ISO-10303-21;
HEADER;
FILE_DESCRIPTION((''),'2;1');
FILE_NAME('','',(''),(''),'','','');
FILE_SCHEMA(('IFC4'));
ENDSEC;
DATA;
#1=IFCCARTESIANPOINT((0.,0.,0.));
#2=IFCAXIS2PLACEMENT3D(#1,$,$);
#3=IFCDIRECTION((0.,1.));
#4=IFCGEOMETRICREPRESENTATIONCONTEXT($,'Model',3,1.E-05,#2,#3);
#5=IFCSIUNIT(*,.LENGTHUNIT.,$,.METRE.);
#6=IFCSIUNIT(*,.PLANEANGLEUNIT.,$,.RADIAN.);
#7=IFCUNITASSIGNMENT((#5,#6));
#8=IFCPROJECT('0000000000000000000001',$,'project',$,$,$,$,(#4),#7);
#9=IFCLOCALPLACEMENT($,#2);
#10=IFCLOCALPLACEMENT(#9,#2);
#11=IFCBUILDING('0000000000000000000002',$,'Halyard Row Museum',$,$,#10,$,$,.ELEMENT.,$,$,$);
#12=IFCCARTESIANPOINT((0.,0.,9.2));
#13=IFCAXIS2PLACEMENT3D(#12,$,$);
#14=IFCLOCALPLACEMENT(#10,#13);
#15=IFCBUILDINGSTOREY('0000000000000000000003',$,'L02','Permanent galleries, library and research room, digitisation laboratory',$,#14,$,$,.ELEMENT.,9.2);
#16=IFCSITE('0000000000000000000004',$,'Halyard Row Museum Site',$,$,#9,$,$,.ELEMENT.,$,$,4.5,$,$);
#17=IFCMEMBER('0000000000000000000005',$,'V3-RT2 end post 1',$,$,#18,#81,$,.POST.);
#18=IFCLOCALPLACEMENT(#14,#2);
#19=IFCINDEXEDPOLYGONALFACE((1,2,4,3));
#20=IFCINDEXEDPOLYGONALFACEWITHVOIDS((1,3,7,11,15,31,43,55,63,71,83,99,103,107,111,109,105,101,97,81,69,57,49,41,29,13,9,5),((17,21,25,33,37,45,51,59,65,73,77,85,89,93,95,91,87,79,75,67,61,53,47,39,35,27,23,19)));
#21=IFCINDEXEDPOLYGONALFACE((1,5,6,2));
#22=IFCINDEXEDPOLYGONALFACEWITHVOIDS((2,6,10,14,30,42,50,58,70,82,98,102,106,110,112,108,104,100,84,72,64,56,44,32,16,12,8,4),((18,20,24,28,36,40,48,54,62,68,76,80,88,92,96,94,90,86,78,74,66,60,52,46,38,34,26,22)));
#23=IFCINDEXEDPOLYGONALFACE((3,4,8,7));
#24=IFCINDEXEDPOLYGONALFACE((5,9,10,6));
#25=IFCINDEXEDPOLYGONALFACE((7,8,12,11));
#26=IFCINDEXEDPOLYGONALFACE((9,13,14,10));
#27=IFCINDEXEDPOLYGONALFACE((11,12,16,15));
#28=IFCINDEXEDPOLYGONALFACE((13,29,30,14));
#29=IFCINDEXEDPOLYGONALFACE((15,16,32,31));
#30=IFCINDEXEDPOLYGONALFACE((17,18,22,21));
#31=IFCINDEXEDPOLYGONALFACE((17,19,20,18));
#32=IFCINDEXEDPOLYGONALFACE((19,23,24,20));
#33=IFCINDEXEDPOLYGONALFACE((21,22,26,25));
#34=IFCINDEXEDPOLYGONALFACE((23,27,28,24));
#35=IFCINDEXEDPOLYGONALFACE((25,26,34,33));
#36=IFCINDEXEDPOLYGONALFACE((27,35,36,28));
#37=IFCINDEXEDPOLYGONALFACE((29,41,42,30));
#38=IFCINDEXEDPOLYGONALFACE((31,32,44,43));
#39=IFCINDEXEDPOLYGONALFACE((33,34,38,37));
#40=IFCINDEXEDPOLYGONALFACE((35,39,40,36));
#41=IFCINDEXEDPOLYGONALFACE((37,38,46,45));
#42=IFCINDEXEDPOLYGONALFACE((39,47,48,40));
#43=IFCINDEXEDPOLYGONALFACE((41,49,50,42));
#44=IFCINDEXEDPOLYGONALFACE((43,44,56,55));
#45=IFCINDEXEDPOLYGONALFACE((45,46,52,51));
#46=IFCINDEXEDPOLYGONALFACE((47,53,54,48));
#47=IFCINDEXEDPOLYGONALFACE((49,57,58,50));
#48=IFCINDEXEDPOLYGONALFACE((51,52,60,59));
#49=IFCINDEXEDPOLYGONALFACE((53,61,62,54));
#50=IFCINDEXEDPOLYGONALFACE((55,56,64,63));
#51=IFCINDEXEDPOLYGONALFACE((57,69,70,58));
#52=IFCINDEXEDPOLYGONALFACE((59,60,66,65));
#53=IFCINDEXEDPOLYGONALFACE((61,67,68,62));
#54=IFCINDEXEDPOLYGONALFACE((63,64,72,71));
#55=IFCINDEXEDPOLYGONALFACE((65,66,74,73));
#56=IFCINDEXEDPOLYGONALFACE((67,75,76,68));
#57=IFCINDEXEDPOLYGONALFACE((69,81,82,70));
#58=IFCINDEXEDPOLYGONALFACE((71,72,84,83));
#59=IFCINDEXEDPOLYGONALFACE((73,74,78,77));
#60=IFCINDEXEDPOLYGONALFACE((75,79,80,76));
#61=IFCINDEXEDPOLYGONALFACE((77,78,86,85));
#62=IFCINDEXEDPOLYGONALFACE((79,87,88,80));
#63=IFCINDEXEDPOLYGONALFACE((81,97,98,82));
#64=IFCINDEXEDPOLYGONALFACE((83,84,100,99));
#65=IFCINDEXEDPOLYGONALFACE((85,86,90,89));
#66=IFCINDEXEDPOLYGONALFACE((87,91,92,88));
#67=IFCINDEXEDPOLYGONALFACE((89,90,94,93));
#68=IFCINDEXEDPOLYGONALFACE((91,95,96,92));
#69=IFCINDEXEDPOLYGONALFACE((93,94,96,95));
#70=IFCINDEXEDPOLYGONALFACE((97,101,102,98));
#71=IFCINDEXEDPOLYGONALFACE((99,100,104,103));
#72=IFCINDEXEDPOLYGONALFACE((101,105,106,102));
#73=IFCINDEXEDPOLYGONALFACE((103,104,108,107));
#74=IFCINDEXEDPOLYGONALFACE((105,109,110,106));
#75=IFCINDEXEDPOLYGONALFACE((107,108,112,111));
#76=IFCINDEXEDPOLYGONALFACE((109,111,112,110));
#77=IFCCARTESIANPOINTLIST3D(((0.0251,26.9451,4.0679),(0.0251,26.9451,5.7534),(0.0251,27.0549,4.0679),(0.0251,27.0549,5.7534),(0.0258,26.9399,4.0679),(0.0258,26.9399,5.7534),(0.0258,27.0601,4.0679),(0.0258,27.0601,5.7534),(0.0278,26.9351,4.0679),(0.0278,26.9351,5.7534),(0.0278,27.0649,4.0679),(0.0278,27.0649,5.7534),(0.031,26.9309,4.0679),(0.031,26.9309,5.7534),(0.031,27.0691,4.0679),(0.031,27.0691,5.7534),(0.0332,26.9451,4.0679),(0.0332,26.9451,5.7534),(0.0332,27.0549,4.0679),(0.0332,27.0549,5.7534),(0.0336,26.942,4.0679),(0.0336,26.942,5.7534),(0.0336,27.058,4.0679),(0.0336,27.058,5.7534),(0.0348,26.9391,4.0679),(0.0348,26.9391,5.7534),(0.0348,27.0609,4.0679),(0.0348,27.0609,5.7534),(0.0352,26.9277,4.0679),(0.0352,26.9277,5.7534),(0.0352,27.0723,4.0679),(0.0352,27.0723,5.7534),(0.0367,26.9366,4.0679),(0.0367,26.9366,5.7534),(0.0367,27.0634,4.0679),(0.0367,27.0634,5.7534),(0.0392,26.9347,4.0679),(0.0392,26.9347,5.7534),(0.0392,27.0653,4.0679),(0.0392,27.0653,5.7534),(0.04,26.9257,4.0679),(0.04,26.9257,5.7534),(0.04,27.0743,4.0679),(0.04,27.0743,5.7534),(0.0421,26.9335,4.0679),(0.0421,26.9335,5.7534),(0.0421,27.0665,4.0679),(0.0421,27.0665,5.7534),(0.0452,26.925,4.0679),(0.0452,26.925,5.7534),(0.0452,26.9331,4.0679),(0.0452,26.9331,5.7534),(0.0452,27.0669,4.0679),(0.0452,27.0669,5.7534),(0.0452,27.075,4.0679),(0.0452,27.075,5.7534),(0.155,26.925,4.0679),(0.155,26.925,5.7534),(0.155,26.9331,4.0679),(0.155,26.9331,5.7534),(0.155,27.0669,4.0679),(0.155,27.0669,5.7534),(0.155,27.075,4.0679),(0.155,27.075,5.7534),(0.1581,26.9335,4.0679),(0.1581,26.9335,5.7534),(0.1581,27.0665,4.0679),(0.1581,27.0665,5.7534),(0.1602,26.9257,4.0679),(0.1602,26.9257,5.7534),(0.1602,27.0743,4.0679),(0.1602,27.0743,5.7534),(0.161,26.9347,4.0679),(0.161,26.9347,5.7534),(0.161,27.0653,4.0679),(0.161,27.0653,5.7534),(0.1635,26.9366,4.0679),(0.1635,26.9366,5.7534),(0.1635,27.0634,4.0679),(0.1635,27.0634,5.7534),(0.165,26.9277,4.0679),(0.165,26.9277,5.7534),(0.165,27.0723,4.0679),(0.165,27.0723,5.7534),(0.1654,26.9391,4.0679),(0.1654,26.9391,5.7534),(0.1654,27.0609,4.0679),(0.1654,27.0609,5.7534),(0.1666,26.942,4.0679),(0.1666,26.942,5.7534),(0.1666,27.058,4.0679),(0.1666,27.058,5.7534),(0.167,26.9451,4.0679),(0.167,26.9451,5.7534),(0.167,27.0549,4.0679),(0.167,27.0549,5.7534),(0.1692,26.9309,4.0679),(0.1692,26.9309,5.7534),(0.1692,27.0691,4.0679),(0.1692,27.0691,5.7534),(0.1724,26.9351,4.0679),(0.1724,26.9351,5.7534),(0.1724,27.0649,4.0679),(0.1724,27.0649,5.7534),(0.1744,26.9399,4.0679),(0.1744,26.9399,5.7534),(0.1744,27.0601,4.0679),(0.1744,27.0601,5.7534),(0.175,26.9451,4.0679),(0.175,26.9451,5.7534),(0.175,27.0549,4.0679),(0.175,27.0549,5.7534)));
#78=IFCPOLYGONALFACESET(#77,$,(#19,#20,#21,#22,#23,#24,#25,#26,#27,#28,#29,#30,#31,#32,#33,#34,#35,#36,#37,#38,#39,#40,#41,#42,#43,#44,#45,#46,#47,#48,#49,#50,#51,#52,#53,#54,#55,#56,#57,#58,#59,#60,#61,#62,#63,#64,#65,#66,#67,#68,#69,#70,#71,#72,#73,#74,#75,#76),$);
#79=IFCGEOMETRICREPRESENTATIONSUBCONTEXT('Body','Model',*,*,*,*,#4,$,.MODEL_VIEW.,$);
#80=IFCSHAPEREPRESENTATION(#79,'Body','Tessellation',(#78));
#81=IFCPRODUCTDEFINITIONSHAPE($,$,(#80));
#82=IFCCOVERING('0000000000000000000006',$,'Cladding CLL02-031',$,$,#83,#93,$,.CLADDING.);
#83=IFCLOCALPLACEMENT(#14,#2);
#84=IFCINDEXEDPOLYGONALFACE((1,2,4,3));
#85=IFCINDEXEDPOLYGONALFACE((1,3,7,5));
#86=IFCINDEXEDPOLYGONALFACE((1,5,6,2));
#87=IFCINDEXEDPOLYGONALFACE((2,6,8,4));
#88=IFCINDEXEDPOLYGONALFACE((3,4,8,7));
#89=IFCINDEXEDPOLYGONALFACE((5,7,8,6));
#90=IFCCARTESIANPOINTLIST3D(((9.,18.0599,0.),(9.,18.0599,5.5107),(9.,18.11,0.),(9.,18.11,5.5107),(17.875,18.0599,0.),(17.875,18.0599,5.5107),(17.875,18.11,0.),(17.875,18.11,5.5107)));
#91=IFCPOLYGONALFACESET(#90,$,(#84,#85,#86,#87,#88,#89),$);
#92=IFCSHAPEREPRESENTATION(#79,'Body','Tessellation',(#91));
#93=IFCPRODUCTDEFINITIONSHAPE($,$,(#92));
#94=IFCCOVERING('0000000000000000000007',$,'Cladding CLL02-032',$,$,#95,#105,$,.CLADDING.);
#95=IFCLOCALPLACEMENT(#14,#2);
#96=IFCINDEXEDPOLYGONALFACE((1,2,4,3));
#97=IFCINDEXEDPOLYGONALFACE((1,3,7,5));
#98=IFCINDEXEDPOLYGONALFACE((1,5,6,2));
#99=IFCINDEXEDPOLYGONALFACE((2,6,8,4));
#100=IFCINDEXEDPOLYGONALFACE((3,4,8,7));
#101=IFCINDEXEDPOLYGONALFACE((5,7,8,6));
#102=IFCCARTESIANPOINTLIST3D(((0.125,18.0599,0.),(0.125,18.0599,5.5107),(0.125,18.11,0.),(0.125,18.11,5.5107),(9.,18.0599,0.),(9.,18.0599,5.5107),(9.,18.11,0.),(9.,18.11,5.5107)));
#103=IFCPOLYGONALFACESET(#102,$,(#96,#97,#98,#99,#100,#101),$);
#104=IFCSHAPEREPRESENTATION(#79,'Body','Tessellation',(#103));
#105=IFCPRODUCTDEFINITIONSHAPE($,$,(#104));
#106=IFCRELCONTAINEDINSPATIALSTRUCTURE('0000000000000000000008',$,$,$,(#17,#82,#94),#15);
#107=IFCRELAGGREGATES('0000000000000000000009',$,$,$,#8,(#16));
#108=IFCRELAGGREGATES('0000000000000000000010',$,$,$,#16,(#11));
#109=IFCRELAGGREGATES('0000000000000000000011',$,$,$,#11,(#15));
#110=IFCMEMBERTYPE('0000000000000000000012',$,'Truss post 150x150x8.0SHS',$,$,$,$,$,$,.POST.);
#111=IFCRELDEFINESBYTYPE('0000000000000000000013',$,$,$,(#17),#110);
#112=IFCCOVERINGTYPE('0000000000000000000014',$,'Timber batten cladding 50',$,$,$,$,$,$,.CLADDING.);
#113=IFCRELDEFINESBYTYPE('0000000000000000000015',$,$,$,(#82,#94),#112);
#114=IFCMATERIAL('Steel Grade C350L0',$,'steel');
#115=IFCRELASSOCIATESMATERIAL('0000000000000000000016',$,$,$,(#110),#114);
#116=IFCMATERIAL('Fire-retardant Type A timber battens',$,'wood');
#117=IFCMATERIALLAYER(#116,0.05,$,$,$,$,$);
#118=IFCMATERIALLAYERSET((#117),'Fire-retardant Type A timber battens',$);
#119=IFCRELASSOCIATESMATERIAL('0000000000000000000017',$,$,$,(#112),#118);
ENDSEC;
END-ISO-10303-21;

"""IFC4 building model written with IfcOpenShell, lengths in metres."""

from ifc_helpers import new_model, si_unit, direction, frame, frame_2d, origin, origin_2d, place, context, subcontext, project, spatial, rectangle, hollow_rectangle, extrude, material, layer, layer_set, material_profile, profile_set, type_object, element, save


model = new_model("IFC4")

# Units and contexts
model_context = context("Model", 3, precision=1e-05, world=origin(), true_north=direction((0.0, 1.0)))
body_context = subcontext(model_context, "Body", "Model", "MODEL_VIEW")
ifc_project = project(units=[si_unit("LENGTHUNIT", "METRE"), si_unit("PLANEANGLEUNIT", "RADIAN")], contexts=[model_context])

# Site, building, storey
site_placement = place(None, origin())
site = spatial("IfcSite", under=ifc_project, at=site_placement, Name="Halyard Row Museum Site", CompositionType="ELEMENT", RefElevation=4.5)
building_placement = place(site_placement, origin())
building = spatial("IfcBuilding", under=site, at=building_placement, Name="Halyard Row Museum", CompositionType="ELEMENT")
storey_placement = place(building_placement, frame((0.0, 0.0, 9.2)))
storey = spatial("IfcBuildingStorey", under=building, at=storey_placement, Name="L02", Description="Permanent galleries, library and research room, digitisation laboratory", CompositionType="ELEMENT", Elevation=9.2)

# Member
ifc_material_1 = material(Name="Steel Grade C350L0", Category="steel")
ifc_material_profile_1 = material_profile(ifc_material_1, hollow_rectangle(XDim=0.1499, YDim=0.1499, WallThickness=0.0081, InnerFilletRadius=0.012, OuterFilletRadius=0.02, at=origin_2d()), Name="150x150x8.0SHS")
ifc_profile_set_1 = profile_set([ifc_material_profile_1], Name="Steel Grade C350L0")
member_type_1 = type_object("IfcMemberType", Name="Truss post 150x150x8.0SHS", PredefinedType="POST", material=ifc_profile_set_1)
member_1_placement = place(storey_placement, frame((0.1001, 27.0, 4.0679), z_axis=(0.0, 0.0, 1.0), x_axis=(1.0, 0.0, 0.0)))
element("IfcMember", 1, at=member_1_placement, inside=storey, type_object=member_type_1, Name="V3-RT2 end post 1", PredefinedType="POST", context=body_context, shape_type="SweptSolid", body=[
    extrude(hollow_rectangle(XDim=0.1499, YDim=0.1499, WallThickness=0.0081, InnerFilletRadius=0.012, OuterFilletRadius=0.02, at=origin_2d()), origin(), (0.0, 0.0, 1.0), 1.6855),
])

# Coverings
ifc_material_2 = material(Name="Fire-retardant Type A timber battens", Category="wood")
ifc_layer = layer(ifc_material_2, 0.05)
ifc_layer_set = layer_set([ifc_layer], Name="Fire-retardant Type A timber battens")
covering_type = type_object("IfcCoveringType", Name="Timber batten cladding 50", PredefinedType="CLADDING", material=ifc_layer_set)
for number, where, z_axis, x_axis, name in (
    (2, (17.875, 18.085, 0.0), (0.0, 0.0, 1.0), (-1.0, 0.0, 0.0), "Cladding CLL02-031"),
    (3, (9.0, 18.085, 0.0), (0.0, 0.0, 1.0), (-1.0, 0.0, 0.0), "Cladding CLL02-032"),
):
    element("IfcCovering", number, at=place(storey_placement, frame(where, z_axis=z_axis, x_axis=x_axis)), inside=storey, type_object=covering_type, Name=name, PredefinedType="CLADDING", context=body_context, shape_type="SweptSolid", body=[
        extrude(rectangle(XDim=8.875, YDim=0.05, at=frame_2d((4.4375, 0.0))), origin(), (0.0, 0.0, 1.0), 5.5107),
    ])

save(model, "model.ifc")
